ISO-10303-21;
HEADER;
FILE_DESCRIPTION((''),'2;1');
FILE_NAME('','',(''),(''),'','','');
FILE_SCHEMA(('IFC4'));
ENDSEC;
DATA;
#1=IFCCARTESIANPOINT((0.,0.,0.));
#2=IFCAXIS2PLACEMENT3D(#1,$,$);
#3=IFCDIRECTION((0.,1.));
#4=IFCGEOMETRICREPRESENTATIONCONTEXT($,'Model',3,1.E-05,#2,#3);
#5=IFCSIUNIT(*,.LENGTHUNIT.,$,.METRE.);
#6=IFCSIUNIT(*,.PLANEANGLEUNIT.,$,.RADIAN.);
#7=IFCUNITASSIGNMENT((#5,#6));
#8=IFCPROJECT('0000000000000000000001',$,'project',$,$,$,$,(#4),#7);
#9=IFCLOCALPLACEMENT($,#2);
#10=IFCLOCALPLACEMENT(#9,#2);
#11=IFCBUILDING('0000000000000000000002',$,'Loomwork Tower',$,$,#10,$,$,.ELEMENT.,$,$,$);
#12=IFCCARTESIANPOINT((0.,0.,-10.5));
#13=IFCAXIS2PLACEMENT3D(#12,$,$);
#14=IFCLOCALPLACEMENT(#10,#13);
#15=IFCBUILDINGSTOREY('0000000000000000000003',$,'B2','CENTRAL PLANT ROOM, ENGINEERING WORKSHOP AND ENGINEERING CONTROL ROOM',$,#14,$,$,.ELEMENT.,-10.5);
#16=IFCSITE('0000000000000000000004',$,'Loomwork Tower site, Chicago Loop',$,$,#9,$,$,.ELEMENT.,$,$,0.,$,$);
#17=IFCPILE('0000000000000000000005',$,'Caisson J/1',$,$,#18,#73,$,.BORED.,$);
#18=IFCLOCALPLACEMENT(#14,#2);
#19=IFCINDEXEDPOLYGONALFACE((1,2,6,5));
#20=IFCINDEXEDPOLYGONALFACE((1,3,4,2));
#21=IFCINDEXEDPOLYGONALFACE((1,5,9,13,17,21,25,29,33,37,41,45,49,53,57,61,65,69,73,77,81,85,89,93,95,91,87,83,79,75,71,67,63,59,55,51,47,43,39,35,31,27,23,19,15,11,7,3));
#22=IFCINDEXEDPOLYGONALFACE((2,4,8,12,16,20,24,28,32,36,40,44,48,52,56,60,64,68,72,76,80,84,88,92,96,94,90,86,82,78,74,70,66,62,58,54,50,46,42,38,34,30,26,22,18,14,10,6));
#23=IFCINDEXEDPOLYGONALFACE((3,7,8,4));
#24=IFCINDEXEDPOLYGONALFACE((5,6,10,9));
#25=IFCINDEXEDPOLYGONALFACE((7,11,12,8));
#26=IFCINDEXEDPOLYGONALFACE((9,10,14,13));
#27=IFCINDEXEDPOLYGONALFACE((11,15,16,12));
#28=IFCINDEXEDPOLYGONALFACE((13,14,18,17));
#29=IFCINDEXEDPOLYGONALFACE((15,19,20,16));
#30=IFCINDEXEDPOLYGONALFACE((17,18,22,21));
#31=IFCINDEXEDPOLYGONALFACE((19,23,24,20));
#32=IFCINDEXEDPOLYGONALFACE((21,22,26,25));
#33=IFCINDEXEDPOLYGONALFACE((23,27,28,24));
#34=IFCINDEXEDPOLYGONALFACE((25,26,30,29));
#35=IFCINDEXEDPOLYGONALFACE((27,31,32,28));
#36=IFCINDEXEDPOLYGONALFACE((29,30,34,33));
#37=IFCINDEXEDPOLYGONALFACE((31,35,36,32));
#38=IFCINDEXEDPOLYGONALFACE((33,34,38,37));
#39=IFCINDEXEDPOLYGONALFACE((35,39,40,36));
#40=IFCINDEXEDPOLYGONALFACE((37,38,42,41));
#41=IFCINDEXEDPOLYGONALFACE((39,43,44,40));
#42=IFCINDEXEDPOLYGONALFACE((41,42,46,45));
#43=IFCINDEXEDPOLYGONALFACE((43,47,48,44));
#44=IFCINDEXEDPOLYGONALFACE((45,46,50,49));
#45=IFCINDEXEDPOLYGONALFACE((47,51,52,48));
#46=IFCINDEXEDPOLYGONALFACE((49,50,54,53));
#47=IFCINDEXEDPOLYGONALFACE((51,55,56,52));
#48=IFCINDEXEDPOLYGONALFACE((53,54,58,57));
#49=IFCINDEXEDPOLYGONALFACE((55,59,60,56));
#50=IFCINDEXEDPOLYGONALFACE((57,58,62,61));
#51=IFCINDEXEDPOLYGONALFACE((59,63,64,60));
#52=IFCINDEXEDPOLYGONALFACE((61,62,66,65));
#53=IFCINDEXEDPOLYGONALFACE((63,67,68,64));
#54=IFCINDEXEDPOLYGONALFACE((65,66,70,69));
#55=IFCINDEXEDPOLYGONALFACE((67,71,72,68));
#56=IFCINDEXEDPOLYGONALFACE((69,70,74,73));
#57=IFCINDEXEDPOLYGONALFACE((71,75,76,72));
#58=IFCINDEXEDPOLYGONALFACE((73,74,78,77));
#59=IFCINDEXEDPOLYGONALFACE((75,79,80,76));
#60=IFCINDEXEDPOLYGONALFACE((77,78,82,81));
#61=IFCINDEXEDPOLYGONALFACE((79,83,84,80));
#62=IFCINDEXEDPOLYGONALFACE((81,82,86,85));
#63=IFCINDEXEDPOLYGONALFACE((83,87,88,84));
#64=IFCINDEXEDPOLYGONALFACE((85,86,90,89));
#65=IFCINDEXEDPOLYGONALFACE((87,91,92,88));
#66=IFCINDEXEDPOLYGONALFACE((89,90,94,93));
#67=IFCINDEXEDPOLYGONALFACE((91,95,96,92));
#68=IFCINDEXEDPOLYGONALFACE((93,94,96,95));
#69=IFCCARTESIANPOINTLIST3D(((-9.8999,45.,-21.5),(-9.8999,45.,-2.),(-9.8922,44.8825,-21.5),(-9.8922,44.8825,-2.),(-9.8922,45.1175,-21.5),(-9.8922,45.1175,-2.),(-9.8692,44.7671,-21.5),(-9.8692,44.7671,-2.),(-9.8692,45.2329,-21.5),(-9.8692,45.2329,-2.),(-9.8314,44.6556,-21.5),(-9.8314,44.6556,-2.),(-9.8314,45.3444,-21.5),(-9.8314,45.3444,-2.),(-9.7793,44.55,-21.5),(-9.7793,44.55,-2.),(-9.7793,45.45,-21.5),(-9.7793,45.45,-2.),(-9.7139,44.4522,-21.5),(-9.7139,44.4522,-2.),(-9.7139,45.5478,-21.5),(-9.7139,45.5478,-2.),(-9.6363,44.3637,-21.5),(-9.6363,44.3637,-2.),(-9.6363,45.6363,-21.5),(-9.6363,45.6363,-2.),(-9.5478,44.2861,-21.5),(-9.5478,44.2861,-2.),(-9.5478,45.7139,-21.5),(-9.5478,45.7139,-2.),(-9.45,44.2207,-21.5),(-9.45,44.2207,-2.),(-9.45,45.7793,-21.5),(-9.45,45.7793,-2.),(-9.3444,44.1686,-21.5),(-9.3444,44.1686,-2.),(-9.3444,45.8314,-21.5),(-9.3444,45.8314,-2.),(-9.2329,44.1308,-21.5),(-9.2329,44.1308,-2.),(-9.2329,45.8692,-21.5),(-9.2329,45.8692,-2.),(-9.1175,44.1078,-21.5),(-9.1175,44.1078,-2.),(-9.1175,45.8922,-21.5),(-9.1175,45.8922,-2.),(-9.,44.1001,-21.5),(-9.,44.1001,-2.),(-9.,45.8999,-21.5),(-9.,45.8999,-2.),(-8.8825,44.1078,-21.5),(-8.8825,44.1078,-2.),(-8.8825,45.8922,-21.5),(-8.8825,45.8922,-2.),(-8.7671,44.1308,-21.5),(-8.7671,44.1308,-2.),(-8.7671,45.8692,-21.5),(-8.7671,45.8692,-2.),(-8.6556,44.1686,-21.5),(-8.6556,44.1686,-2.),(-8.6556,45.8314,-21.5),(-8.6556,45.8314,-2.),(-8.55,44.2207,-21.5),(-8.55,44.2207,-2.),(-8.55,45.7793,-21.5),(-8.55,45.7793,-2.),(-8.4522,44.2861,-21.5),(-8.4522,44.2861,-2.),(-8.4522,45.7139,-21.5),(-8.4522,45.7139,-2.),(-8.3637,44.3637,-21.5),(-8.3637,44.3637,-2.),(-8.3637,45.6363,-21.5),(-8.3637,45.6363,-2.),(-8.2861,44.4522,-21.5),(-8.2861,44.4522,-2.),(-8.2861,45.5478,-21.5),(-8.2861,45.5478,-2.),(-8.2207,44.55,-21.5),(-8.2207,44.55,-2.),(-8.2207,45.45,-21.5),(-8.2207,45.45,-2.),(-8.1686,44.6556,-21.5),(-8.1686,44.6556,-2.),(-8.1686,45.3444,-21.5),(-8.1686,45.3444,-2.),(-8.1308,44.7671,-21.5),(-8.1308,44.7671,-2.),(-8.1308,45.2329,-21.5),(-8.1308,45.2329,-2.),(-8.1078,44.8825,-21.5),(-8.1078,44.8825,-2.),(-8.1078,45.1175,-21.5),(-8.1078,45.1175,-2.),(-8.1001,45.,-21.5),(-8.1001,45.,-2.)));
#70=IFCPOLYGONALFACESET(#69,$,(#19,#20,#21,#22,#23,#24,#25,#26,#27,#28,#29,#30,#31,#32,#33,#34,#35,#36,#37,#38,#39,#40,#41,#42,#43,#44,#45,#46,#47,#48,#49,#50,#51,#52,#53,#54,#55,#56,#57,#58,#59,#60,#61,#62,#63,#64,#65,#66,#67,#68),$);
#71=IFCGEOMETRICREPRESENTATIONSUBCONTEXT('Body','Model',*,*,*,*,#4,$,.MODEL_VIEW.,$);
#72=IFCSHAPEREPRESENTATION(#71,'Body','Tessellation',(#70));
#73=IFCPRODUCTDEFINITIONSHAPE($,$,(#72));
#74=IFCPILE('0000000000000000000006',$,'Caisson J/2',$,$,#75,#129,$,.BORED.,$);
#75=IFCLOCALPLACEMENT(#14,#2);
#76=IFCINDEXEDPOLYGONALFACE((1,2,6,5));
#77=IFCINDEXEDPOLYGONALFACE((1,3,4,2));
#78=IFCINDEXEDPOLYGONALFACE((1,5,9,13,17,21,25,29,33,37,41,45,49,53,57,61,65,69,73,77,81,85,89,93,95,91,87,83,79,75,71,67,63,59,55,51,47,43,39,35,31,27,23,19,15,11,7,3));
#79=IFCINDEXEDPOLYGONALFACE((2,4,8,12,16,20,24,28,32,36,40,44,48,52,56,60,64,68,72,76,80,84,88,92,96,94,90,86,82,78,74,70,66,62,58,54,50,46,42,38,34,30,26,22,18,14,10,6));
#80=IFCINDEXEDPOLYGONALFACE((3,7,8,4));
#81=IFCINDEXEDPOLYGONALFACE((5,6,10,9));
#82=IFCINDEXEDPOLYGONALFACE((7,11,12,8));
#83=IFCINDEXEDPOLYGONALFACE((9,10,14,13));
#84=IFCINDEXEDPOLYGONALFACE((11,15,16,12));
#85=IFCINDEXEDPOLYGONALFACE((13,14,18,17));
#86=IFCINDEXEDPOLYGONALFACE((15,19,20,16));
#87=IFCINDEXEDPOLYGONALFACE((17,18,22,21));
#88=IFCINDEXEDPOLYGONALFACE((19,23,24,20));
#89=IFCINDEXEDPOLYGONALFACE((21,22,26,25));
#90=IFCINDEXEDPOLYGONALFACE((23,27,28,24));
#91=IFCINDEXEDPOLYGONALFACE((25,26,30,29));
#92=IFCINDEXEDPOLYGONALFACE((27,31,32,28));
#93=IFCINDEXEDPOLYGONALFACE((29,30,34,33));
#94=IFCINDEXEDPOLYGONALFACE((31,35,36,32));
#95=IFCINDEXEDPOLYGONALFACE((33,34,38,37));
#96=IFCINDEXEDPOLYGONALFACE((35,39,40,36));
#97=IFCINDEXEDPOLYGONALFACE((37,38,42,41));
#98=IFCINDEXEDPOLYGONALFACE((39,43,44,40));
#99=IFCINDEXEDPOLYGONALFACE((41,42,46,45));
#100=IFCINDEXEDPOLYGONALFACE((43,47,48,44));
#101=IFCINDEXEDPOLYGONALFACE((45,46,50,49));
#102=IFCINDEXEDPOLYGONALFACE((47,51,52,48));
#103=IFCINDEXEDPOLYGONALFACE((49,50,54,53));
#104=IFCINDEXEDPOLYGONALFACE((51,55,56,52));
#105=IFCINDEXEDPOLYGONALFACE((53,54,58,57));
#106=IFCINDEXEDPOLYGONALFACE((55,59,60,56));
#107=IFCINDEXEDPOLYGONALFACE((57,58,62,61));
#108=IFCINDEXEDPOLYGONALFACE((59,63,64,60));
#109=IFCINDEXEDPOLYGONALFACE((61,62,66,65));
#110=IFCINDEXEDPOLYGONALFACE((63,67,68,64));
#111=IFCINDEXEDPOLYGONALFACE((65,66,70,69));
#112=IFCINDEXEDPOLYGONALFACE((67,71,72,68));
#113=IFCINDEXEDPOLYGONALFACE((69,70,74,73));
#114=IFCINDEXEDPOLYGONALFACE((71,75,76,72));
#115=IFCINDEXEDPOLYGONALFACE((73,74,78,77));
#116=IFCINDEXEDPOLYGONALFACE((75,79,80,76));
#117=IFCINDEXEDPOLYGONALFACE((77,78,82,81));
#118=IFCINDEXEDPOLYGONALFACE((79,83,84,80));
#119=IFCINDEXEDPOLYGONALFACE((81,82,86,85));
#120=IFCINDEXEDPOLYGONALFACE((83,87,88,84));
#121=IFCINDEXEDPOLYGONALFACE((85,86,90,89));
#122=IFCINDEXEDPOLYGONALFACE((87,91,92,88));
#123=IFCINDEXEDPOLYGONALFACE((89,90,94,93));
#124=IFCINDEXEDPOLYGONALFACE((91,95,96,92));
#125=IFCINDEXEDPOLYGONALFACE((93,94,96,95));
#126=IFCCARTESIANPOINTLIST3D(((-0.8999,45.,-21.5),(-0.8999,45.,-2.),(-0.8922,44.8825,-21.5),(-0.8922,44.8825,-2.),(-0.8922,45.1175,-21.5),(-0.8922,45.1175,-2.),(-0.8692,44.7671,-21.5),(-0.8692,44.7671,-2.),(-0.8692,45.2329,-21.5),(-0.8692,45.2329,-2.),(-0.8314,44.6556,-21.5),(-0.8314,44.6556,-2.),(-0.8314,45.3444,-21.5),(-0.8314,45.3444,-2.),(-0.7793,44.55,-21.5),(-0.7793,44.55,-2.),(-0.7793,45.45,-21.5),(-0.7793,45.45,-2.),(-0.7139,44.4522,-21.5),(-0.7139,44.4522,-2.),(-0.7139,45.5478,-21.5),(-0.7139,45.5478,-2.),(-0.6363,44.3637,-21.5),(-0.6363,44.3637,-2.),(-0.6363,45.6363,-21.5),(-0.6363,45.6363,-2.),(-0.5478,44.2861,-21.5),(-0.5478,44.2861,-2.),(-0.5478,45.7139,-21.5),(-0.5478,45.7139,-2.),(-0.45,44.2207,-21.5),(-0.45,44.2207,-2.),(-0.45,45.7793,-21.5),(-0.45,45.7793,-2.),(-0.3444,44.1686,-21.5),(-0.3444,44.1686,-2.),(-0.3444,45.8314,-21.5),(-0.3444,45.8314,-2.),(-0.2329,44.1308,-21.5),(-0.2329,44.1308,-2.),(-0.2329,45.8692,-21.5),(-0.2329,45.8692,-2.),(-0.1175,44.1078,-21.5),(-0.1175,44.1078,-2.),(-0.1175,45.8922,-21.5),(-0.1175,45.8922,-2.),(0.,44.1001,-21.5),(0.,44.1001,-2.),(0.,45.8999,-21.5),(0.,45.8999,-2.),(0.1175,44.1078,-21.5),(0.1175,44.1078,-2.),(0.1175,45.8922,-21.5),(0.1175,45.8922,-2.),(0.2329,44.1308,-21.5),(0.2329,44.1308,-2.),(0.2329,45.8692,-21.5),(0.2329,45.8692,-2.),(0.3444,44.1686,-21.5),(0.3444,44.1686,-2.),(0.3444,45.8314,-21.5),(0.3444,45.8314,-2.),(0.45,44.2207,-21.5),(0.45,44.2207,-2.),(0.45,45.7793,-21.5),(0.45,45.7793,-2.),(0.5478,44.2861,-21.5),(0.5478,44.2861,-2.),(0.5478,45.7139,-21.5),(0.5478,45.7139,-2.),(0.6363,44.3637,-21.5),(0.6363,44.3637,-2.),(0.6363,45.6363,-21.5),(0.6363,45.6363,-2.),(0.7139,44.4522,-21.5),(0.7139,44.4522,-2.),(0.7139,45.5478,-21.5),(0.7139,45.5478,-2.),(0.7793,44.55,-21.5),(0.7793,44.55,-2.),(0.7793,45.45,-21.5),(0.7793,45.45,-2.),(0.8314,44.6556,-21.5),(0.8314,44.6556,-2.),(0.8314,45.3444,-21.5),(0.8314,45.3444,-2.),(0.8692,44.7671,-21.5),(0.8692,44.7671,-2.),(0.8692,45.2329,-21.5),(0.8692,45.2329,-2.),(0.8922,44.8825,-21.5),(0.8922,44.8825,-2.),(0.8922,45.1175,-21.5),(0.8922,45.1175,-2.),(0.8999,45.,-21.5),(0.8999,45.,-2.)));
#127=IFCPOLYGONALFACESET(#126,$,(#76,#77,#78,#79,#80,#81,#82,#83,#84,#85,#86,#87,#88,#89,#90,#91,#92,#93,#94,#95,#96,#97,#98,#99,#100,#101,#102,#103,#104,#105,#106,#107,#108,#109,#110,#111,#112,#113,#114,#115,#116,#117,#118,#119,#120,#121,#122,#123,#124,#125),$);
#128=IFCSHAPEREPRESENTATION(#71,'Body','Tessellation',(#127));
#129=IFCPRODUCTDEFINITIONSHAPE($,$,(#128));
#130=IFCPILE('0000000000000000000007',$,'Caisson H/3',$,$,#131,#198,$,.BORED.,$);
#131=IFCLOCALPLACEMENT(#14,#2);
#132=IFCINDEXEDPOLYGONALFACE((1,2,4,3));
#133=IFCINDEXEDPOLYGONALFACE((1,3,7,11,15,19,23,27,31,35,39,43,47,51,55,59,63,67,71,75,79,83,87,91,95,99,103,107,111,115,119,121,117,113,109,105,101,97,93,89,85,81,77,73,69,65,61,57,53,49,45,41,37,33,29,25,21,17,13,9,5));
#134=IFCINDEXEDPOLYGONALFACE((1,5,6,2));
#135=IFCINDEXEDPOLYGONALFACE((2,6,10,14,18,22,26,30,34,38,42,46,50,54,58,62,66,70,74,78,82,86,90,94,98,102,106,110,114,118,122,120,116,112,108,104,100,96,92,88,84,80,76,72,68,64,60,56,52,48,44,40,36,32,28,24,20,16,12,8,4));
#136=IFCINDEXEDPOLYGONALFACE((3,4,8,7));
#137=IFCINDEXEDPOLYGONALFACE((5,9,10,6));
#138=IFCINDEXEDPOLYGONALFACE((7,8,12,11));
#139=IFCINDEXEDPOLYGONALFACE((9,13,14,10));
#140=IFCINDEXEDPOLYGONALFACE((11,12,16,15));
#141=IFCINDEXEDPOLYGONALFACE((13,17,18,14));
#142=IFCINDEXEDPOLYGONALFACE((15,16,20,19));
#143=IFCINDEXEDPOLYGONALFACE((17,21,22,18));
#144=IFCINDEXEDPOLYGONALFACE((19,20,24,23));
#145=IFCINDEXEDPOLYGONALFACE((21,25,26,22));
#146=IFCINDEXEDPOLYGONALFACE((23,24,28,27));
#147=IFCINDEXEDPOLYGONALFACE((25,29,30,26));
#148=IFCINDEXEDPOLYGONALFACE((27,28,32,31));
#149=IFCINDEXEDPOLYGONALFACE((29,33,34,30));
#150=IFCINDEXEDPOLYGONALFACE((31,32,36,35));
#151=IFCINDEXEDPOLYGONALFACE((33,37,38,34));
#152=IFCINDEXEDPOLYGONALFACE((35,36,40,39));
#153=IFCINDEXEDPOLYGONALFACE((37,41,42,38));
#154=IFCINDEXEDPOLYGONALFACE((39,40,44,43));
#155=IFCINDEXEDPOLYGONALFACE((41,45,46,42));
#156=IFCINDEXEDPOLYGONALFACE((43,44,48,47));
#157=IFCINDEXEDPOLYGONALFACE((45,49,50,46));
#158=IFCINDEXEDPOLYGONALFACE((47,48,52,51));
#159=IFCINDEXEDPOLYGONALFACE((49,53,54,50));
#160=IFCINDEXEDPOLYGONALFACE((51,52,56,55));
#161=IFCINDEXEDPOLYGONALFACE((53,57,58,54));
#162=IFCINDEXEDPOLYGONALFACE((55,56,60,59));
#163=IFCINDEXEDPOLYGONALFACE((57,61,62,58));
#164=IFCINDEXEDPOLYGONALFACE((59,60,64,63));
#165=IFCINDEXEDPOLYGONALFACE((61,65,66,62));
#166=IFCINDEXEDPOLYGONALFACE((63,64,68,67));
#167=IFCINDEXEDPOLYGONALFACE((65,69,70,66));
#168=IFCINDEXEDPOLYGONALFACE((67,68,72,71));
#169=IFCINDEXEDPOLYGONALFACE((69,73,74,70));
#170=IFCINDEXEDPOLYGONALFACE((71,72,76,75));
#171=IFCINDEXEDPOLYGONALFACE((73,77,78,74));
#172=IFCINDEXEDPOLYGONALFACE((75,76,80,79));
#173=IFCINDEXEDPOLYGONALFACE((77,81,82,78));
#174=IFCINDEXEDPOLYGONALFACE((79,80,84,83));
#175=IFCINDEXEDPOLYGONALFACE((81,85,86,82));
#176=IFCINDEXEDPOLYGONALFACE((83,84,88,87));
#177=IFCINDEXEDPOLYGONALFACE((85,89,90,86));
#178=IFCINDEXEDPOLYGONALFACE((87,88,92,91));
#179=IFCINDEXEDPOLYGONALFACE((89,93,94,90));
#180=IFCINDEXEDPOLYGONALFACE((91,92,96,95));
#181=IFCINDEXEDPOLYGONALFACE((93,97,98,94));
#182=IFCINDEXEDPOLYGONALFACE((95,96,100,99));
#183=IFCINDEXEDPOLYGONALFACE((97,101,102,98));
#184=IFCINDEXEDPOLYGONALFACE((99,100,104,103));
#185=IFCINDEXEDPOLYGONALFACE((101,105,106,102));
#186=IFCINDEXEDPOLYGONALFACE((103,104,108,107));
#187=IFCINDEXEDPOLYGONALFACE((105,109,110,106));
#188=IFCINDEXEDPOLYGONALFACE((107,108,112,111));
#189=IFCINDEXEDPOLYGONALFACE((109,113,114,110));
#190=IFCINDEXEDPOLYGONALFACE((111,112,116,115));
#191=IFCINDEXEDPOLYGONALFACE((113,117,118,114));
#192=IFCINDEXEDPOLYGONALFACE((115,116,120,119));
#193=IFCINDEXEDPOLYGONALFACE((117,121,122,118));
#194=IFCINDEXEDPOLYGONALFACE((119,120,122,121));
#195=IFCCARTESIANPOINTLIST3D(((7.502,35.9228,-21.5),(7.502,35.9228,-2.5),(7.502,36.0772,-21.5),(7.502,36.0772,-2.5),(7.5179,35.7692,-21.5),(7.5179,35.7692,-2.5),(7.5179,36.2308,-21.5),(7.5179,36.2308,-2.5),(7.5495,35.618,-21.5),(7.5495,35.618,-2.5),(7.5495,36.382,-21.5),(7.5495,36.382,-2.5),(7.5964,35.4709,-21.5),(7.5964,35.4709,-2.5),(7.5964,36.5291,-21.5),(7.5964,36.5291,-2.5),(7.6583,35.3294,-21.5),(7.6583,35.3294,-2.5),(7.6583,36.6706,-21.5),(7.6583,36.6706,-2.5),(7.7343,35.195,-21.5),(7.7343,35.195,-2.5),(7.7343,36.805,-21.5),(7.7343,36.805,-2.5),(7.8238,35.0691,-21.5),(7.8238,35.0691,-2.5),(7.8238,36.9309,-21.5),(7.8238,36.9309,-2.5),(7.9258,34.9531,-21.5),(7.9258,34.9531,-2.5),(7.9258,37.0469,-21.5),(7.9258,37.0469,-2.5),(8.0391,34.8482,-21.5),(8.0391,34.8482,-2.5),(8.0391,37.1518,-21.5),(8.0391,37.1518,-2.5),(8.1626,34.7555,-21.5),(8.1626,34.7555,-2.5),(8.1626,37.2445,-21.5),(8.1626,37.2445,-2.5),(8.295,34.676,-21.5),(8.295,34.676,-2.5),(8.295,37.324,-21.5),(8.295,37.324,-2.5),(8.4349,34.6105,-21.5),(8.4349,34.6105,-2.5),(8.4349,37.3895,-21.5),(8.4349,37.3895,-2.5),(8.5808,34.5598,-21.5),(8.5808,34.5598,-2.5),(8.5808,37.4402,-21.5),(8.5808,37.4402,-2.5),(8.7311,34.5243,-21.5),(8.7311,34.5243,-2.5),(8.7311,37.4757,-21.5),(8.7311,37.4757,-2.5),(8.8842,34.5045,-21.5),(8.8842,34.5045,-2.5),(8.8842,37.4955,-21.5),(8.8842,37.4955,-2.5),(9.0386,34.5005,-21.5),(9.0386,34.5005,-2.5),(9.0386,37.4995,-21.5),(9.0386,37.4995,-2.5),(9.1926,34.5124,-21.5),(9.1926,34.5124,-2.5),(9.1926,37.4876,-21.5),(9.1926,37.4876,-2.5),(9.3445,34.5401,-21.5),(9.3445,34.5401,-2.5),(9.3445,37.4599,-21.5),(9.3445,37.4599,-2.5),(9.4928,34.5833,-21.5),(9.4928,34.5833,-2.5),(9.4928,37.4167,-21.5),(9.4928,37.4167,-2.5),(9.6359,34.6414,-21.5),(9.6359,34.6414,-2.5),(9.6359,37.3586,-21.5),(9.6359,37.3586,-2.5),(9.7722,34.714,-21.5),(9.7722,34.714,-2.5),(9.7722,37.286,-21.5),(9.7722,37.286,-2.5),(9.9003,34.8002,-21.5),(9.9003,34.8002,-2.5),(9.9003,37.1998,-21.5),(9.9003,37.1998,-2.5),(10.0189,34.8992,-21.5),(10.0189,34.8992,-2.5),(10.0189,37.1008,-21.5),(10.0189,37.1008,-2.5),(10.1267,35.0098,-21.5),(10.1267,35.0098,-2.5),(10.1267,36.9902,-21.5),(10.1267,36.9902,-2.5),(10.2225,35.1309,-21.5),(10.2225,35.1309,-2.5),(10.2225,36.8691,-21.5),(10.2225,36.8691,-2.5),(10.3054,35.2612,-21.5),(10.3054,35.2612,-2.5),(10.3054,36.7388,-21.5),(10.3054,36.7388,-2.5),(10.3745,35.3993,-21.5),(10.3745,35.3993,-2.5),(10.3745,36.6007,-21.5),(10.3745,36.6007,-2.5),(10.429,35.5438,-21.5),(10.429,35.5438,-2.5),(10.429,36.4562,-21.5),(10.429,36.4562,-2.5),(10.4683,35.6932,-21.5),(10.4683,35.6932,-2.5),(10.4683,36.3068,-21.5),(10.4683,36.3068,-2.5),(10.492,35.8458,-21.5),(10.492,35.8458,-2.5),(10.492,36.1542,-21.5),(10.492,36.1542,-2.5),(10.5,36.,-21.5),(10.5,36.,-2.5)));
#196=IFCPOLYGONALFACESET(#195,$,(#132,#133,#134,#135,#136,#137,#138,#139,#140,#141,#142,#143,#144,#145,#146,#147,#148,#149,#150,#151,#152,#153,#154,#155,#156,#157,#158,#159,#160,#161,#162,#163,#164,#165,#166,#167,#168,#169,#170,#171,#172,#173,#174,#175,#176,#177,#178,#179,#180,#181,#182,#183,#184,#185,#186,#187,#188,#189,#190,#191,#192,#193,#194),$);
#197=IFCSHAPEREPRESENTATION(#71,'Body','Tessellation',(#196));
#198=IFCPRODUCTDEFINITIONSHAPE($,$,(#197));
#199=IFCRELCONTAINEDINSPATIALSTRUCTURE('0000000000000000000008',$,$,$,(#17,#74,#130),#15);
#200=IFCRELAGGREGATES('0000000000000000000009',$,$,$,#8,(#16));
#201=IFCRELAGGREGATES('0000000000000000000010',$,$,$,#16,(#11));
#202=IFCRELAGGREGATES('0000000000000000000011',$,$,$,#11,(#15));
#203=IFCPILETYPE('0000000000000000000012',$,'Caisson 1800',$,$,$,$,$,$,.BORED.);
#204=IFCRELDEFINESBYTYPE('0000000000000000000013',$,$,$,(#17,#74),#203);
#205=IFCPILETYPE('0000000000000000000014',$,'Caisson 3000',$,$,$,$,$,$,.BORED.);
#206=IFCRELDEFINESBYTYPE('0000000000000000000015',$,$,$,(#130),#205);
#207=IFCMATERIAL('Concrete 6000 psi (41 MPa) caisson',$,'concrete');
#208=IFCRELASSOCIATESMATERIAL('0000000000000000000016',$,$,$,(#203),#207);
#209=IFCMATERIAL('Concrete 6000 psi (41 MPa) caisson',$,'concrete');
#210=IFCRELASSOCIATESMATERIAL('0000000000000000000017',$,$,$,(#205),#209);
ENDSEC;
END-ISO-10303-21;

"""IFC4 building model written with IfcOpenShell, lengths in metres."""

from ifc_helpers import new_model, si_unit, direction, frame, origin, origin_2d, place, context, subcontext, project, spatial, circle, extrude, material, material_profile, profile_set, type_object, element, save


model = new_model("IFC4")

# Units and contexts
model_context = context("Model", 3, precision=1e-05, world=origin(), true_north=direction((0.0, 1.0)))
body_context = subcontext(model_context, "Body", "Model", "MODEL_VIEW")
ifc_project = project(units=[si_unit("LENGTHUNIT", "METRE"), si_unit("PLANEANGLEUNIT", "RADIAN")], contexts=[model_context])

# Site, building, storey
site_placement = place(None, origin())
site = spatial("IfcSite", under=ifc_project, at=site_placement, Name="Loomwork Tower site, Chicago Loop", CompositionType="ELEMENT", RefElevation=0.0)
building_placement = place(site_placement, origin())
building = spatial("IfcBuilding", under=site, at=building_placement, Name="Loomwork Tower", CompositionType="ELEMENT")
storey_placement = place(building_placement, frame((0.0, 0.0, -10.5)))
storey = spatial("IfcBuildingStorey", under=building, at=storey_placement, Name="B2", Description="CENTRAL PLANT ROOM, ENGINEERING WORKSHOP AND ENGINEERING CONTROL ROOM", CompositionType="ELEMENT", Elevation=-10.5)

# Piles
ifc_material_1 = material(Name="Concrete 6000 psi (41 MPa) caisson", Category="concrete")
ifc_material_profile_1 = material_profile(ifc_material_1, circle(Radius=0.8999, at=origin_2d()), Name="D1800")
ifc_profile_set_1 = profile_set([ifc_material_profile_1], Name="Concrete 6000 psi (41 MPa) caisson")
pile_type_1 = type_object("IfcPileType", Name="Caisson 1800", PredefinedType="BORED", material=ifc_profile_set_1)
for number, where, z_axis, x_axis, name in (
    (1, (-9.0, 45.0, -2.0), (0.0, 0.0, -1.0), (1.0, 0.0, 0.0), "Caisson J/1"),
    (2, (0.0, 45.0, -2.0), (0.0, 0.0, -1.0), (1.0, 0.0, 0.0), "Caisson J/2"),
):
    element("IfcPile", number, at=place(storey_placement, frame(where, z_axis=z_axis, x_axis=x_axis)), inside=storey, type_object=pile_type_1, Name=name, PredefinedType="BORED", context=body_context, shape_type="SweptSolid", body=[
        extrude(circle(Radius=0.8999, at=origin_2d()), origin(), (0.0, 0.0, 1.0), 19.5),
    ])
ifc_material_2 = material(Name="Concrete 6000 psi (41 MPa) caisson", Category="concrete")
ifc_material_profile_2 = material_profile(ifc_material_2, circle(Radius=1.5, at=origin_2d()), Name="D3000")
ifc_profile_set_2 = profile_set([ifc_material_profile_2], Name="Concrete 6000 psi (41 MPa) caisson")
pile_type_2 = type_object("IfcPileType", Name="Caisson 3000", PredefinedType="BORED", material=ifc_profile_set_2)
pile_placement = place(storey_placement, frame((9.0, 36.0, -2.5), z_axis=(0.0, 0.0, -1.0), x_axis=(1.0, 0.0, 0.0)))
element("IfcPile", 3, at=pile_placement, inside=storey, type_object=pile_type_2, Name="Caisson H/3", PredefinedType="BORED", context=body_context, shape_type="SweptSolid", body=[
    extrude(circle(Radius=1.5, at=origin_2d()), origin(), (0.0, 0.0, 1.0), 19.0),
])

save(model, "model.ifc")
